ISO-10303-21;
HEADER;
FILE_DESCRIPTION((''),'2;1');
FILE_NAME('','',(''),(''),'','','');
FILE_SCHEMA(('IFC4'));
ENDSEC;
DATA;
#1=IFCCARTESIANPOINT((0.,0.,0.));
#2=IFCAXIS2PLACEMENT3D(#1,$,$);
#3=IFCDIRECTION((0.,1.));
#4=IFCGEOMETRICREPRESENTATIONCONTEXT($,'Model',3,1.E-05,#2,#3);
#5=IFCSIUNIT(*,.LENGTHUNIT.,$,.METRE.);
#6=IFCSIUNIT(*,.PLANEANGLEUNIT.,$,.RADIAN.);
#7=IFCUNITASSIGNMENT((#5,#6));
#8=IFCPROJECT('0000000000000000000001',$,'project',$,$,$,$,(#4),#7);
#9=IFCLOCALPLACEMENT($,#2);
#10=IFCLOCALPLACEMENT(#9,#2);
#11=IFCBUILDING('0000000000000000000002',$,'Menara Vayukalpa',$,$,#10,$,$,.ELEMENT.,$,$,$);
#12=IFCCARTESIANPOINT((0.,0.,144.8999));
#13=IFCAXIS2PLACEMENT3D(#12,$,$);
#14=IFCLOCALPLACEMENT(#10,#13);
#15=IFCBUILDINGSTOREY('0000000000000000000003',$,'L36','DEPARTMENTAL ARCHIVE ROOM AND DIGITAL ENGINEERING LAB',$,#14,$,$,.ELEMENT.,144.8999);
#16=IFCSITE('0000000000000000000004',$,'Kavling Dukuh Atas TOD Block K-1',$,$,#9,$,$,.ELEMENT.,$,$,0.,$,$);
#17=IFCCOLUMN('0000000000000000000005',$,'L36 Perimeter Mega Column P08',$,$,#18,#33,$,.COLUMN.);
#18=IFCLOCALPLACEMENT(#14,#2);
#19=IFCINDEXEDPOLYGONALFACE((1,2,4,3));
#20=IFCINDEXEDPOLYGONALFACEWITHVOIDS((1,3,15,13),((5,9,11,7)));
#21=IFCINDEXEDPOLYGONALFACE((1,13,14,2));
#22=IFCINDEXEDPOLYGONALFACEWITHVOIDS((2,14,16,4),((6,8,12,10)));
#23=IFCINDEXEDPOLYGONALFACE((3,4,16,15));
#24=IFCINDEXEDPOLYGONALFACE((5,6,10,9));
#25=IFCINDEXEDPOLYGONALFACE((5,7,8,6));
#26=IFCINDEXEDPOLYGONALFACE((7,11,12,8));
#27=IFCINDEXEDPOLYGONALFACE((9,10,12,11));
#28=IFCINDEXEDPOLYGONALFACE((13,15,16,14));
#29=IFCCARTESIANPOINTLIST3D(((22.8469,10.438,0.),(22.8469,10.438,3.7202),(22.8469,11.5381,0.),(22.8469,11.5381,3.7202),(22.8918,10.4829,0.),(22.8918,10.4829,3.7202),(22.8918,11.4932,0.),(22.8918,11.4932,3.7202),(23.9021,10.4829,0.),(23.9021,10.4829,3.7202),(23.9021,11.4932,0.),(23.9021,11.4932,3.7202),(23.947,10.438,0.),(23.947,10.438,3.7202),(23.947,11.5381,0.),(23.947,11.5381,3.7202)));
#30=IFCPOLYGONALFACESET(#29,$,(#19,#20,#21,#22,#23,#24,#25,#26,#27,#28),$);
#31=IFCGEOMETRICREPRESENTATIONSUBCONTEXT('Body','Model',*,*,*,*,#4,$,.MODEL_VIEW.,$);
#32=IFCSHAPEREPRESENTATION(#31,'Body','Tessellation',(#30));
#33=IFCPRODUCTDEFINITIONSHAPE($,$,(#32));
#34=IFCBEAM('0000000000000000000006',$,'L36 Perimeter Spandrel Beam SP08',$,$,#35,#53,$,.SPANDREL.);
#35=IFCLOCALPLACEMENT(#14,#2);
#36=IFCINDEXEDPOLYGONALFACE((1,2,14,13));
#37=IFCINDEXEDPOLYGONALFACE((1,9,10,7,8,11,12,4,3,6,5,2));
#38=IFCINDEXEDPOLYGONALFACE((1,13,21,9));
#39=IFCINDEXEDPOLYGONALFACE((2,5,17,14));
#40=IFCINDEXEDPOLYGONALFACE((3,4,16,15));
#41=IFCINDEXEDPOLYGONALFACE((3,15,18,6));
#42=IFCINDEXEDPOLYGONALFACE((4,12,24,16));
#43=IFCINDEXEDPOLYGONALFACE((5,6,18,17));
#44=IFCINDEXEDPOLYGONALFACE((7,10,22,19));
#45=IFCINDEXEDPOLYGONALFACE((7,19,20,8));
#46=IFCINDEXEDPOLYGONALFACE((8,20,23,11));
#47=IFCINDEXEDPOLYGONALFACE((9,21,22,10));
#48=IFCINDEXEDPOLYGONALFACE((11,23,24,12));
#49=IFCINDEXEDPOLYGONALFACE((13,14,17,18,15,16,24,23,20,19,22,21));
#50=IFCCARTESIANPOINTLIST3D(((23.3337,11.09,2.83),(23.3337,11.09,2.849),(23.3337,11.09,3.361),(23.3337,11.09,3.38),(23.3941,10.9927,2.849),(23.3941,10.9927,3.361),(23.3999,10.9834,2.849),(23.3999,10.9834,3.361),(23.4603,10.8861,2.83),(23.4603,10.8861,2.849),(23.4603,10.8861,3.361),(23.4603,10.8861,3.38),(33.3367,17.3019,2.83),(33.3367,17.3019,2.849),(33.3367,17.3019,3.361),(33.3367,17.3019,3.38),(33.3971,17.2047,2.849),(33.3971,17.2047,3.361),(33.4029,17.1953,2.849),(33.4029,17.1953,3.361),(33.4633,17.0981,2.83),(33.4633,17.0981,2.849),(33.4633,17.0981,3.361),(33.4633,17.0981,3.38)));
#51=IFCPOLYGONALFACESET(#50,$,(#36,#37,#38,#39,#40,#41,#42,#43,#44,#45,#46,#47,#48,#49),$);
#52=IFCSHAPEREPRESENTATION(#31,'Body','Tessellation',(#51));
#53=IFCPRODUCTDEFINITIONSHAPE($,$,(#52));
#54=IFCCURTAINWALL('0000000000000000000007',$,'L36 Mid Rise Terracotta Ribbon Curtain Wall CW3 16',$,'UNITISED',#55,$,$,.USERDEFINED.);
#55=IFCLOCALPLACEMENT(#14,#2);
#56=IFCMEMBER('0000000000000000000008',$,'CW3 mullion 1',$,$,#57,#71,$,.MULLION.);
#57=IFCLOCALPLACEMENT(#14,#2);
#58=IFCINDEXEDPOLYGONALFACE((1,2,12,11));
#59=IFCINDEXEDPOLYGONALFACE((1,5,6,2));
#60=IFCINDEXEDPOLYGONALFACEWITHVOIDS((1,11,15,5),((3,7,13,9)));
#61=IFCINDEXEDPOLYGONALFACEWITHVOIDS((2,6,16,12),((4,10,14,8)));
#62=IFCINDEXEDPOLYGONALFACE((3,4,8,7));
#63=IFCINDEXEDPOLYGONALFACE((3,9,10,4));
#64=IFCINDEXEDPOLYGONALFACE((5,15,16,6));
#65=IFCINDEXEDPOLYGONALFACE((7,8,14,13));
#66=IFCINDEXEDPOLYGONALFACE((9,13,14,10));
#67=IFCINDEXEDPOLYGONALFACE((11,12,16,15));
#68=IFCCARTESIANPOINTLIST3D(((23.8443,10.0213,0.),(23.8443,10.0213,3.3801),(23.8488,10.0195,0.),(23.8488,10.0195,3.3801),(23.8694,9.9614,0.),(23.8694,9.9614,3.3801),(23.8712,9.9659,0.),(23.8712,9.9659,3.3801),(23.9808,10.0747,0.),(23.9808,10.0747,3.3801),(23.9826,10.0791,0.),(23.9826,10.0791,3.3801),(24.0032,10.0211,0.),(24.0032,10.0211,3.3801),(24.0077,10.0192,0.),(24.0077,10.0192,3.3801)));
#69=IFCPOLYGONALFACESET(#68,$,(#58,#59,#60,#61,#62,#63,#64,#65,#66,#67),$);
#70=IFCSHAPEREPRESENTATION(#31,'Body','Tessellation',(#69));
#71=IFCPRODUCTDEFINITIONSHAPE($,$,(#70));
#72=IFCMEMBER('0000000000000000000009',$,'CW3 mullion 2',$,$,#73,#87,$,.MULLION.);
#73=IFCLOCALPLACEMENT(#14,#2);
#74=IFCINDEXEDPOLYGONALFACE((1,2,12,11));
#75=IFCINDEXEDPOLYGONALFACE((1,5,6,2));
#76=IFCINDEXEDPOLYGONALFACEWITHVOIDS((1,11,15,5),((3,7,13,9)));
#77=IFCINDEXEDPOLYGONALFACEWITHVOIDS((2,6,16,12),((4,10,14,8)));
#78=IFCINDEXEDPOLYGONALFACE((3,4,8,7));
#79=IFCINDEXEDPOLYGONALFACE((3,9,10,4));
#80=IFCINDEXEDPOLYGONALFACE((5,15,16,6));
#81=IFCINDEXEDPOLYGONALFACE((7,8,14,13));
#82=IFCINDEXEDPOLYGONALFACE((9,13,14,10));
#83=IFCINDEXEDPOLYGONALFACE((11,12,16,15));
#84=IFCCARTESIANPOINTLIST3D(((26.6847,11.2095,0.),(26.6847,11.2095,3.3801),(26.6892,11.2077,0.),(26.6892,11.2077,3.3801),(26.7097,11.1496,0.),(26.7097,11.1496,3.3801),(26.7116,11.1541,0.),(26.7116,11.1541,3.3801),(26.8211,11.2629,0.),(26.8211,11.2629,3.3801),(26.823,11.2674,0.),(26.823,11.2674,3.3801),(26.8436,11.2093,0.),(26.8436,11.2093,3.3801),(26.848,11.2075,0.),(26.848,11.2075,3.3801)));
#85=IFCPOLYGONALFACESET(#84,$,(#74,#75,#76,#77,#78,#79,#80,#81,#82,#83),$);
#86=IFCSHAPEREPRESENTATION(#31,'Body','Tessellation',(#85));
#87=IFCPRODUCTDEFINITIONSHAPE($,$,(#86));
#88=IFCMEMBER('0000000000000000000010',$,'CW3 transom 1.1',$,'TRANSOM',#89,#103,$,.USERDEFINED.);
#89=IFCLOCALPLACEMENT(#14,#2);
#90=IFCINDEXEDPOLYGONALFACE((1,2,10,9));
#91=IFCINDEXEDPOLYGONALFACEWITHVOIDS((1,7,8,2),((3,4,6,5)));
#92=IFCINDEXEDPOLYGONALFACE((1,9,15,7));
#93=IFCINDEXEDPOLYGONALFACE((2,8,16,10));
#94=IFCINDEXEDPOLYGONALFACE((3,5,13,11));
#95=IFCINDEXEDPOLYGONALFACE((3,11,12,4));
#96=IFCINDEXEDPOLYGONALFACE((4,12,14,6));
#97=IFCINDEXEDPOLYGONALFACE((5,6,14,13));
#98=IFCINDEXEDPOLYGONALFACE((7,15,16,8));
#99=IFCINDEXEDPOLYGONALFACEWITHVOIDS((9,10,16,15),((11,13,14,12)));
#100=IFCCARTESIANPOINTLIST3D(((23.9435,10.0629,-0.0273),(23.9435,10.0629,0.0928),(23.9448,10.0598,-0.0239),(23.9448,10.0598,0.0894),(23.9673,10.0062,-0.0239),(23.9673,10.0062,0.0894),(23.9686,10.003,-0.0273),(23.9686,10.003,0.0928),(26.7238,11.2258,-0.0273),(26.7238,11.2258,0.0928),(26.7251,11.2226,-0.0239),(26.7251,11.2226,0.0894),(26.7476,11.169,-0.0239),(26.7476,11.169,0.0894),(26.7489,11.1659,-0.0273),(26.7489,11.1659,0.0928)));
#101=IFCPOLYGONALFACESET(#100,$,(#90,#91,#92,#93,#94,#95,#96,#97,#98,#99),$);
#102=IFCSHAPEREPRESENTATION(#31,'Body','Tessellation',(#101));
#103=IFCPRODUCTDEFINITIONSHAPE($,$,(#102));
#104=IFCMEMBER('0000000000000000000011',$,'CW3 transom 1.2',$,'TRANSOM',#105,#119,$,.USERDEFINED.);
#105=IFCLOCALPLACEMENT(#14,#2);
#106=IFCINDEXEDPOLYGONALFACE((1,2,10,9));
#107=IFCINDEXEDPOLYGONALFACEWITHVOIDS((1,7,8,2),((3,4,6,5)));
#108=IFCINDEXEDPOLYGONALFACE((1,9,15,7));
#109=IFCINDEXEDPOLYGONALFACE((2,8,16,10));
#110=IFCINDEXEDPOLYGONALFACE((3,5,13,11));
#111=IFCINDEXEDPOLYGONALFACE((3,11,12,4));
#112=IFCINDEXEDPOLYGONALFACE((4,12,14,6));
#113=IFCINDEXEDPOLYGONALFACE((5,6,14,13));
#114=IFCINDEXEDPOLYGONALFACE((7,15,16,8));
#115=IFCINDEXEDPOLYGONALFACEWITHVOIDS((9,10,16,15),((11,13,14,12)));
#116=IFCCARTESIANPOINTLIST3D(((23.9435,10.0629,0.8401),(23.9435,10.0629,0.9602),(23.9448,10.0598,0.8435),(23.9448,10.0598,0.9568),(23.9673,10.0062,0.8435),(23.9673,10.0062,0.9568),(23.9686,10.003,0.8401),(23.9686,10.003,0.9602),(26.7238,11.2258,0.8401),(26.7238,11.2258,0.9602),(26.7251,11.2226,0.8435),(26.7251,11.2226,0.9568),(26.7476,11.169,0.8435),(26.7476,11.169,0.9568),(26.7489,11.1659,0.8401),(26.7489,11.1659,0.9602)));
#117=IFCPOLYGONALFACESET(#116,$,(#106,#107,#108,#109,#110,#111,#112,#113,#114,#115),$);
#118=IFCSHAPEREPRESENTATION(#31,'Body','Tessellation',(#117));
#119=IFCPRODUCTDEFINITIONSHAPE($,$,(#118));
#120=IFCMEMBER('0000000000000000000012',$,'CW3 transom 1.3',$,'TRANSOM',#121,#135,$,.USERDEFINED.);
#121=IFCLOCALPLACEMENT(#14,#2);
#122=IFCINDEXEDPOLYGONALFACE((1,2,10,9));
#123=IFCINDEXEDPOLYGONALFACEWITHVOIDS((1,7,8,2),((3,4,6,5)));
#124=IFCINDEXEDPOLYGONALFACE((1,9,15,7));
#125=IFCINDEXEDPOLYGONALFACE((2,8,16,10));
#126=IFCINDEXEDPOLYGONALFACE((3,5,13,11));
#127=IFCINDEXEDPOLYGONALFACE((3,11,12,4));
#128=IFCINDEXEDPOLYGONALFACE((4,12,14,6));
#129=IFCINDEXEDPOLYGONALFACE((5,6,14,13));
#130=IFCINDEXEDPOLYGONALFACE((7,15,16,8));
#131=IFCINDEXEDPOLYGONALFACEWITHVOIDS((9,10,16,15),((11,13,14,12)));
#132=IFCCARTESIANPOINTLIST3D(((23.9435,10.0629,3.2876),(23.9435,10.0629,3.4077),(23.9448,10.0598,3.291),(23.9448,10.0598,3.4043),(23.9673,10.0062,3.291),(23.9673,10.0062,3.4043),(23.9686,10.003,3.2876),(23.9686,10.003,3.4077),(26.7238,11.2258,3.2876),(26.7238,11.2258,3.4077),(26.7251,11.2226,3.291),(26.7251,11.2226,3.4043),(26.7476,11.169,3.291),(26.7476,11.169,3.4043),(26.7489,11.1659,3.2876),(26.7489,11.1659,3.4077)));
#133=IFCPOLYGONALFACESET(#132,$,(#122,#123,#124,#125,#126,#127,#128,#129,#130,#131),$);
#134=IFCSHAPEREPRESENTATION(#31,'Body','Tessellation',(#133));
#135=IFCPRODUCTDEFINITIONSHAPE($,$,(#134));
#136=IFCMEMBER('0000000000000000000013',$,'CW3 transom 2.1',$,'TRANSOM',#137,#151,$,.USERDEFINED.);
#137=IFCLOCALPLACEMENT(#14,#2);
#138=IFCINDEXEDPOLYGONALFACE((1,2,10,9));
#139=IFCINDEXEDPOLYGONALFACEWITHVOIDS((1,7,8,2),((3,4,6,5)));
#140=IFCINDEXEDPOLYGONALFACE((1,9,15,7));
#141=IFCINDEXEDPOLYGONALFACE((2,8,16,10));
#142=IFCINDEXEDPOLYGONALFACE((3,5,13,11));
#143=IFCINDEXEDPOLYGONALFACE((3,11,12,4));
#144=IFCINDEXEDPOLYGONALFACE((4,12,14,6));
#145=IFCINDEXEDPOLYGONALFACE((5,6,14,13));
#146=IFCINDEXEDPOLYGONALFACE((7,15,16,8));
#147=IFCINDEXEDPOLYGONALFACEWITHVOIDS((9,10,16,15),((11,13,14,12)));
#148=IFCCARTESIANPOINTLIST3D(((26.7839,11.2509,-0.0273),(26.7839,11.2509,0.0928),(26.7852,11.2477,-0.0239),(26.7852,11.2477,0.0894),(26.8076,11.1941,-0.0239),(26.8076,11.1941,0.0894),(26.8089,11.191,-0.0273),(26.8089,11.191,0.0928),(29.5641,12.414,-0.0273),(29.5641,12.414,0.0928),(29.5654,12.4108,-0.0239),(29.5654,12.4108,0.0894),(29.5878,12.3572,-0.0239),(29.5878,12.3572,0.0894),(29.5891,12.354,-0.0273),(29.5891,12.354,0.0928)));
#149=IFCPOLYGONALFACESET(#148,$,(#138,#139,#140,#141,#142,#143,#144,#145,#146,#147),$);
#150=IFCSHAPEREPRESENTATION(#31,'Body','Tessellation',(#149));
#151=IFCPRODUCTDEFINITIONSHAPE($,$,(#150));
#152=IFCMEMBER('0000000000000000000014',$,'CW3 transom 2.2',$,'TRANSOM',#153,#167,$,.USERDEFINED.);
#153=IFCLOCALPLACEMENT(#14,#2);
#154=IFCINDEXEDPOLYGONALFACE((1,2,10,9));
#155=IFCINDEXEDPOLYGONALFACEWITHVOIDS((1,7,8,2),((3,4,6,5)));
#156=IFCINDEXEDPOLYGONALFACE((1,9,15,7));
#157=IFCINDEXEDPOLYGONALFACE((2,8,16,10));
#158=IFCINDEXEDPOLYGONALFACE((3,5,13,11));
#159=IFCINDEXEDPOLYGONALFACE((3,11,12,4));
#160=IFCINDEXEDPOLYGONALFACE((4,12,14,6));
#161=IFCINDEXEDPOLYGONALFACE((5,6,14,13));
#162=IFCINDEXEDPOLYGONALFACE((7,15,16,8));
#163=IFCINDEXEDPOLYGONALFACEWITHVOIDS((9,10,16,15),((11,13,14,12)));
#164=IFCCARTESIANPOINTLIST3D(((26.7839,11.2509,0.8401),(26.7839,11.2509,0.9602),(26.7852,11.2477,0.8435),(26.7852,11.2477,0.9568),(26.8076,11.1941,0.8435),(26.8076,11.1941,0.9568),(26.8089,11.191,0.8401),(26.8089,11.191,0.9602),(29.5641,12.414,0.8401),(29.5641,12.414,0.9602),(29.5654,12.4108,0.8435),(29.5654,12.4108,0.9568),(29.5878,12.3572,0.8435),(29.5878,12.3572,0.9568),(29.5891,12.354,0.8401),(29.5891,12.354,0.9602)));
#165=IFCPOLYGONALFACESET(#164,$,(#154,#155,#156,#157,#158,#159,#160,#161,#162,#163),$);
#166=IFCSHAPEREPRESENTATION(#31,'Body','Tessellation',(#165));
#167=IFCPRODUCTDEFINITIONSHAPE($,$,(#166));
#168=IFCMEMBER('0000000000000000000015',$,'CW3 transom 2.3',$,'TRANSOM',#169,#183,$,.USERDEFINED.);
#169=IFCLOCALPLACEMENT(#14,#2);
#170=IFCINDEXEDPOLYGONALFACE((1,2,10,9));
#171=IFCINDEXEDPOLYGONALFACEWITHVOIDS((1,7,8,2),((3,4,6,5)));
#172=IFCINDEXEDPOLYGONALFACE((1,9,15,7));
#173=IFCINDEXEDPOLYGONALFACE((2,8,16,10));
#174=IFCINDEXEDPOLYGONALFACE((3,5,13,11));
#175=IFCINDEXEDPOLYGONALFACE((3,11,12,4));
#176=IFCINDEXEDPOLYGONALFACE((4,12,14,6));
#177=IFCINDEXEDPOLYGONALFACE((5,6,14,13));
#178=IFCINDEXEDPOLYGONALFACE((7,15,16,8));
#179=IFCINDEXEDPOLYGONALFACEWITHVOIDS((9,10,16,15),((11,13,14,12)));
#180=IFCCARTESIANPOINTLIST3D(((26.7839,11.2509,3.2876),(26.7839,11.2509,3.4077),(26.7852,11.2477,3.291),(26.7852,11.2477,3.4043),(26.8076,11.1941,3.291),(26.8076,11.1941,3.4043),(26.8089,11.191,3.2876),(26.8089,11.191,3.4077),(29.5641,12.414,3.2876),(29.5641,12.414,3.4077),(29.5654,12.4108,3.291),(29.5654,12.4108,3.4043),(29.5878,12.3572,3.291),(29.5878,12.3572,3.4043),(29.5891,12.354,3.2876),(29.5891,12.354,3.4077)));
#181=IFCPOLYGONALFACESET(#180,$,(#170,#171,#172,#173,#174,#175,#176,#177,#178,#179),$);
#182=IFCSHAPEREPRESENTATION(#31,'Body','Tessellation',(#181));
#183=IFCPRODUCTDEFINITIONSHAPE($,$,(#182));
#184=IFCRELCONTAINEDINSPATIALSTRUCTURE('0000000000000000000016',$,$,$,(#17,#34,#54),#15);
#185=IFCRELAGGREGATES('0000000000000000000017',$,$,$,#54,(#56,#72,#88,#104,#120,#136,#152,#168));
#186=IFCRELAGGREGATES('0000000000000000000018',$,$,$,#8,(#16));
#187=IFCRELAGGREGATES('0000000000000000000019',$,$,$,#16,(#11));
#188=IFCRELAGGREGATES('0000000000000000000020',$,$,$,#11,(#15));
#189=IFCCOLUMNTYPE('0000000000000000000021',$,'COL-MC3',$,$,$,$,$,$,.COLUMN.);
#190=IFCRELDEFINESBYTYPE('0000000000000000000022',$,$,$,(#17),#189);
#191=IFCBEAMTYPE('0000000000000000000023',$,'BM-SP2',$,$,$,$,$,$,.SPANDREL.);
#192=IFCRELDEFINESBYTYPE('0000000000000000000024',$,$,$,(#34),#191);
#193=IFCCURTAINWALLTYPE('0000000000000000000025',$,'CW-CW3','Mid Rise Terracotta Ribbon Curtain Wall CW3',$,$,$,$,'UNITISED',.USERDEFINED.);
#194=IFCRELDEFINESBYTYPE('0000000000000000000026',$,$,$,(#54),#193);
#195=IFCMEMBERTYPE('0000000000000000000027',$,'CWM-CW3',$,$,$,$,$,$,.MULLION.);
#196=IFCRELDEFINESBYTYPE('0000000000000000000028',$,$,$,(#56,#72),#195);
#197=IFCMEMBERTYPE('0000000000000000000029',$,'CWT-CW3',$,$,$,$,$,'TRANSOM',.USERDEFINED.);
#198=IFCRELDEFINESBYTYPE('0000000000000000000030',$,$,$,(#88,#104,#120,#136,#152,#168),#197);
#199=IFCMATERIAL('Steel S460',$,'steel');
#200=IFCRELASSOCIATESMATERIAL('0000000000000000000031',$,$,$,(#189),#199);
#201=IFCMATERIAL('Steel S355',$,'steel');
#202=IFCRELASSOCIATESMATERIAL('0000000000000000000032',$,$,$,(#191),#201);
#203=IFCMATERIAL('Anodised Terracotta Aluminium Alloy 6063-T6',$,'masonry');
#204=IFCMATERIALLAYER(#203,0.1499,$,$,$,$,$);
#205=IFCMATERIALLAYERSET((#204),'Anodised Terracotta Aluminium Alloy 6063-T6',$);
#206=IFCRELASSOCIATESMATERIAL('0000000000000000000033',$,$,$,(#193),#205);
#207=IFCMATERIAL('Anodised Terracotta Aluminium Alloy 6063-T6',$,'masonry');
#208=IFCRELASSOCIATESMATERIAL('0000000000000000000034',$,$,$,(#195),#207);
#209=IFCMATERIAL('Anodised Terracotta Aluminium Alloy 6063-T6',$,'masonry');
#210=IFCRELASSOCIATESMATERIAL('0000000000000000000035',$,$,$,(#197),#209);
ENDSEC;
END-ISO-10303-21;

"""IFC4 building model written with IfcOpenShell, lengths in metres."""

from ifc_helpers import new_model, si_unit, direction, frame, origin, origin_2d, place, context, subcontext, project, spatial, hollow_rectangle, i_section, extrude, material, layer, layer_set, material_profile, profile_set, type_object, element, aggregate, save


model = new_model("IFC4")

# Units and contexts
model_context = context("Model", 3, precision=1e-05, world=origin(), true_north=direction((0.0, 1.0)))
body_context = subcontext(model_context, "Body", "Model", "MODEL_VIEW")
ifc_project = project(units=[si_unit("LENGTHUNIT", "METRE"), si_unit("PLANEANGLEUNIT", "RADIAN")], contexts=[model_context])

# Site, building, storey
site_placement = place(None, origin())
site = spatial("IfcSite", under=ifc_project, at=site_placement, Name="Kavling Dukuh Atas TOD Block K-1", CompositionType="ELEMENT", RefElevation=0.0)
building_placement = place(site_placement, origin())
building = spatial("IfcBuilding", under=site, at=building_placement, Name="Menara Vayukalpa", CompositionType="ELEMENT")
storey_placement = place(building_placement, frame((0.0, 0.0, 144.8999)))
storey = spatial("IfcBuildingStorey", under=building, at=storey_placement, Name="L36", Description="DEPARTMENTAL ARCHIVE ROOM AND DIGITAL ENGINEERING LAB", CompositionType="ELEMENT", Elevation=144.8999)

# Column
ifc_material_1 = material(Name="Steel S460", Category="steel")
ifc_material_profile_1 = material_profile(ifc_material_1, hollow_rectangle(XDim=1.1001, YDim=1.1001, WallThickness=0.0449, at=origin_2d()), Name="BOX 1100x1100x45")
ifc_profile_set_1 = profile_set([ifc_material_profile_1], Name="Steel S460")
column_type = type_object("IfcColumnType", Name="COL-MC3", PredefinedType="COLUMN", material=ifc_profile_set_1)
column_placement = place(storey_placement, frame((23.397, 10.988, 0.0), z_axis=(0.0, 0.0, 1.0), x_axis=(1.0, 0.0, 0.0)))
element("IfcColumn", 1, at=column_placement, inside=storey, type_object=column_type, Name="L36 Perimeter Mega Column P08", PredefinedType="COLUMN", context=body_context, shape_type="SweptSolid", body=[
    extrude(hollow_rectangle(XDim=1.1001, YDim=1.1001, WallThickness=0.0449, at=origin_2d()), origin(), (0.0, 0.0, 1.0), 3.7202),
])

# Beam
ifc_material_2 = material(Name="Steel S355", Category="steel")
ifc_material_profile_2 = material_profile(ifc_material_2, i_section(OverallWidth=0.24, OverallDepth=0.55, WebThickness=0.011, FlangeThickness=0.019, at=origin_2d()), Name="WF 550x240x11x19")
ifc_profile_set_2 = profile_set([ifc_material_profile_2], Name="Steel S355")
beam_type = type_object("IfcBeamType", Name="BM-SP2", PredefinedType="SPANDREL", material=ifc_profile_set_2)
beam_placement = place(storey_placement, frame((23.397, 10.988, 3.105), z_axis=(0.849518, 0.527559, 0.0), x_axis=(-0.527559, 0.849518, 0.0)))
element("IfcBeam", 2, at=beam_placement, inside=storey, type_object=beam_type, Name="L36 Perimeter Spandrel Beam SP08", PredefinedType="SPANDREL", context=body_context, shape_type="SweptSolid", body=[
    extrude(i_section(OverallWidth=0.24, OverallDepth=0.55, WebThickness=0.011, FlangeThickness=0.019, at=origin_2d()), origin(), (0.0, 0.0, 1.0), 11.7749),
])

# Curtain wall, members
ifc_material_3 = material(Name="Anodised Terracotta Aluminium Alloy 6063-T6", Category="masonry")
ifc_layer_1 = layer(ifc_material_3, 0.1499)
ifc_layer_set_1 = layer_set([ifc_layer_1], Name="Anodised Terracotta Aluminium Alloy 6063-T6")
curtain_wall_type = type_object("IfcCurtainWallType", Name="CW-CW3", Description="Mid Rise Terracotta Ribbon Curtain Wall CW3", ElementType="UNITISED", PredefinedType="USERDEFINED", material=ifc_layer_set_1)
curtain_wall_placement = place(storey_placement, origin())
curtain_wall = element("IfcCurtainWall", 3, at=curtain_wall_placement, inside=storey, type_object=curtain_wall_type, Name="L36 Mid Rise Terracotta Ribbon Curtain Wall CW3 16", ObjectType="UNITISED", PredefinedType="USERDEFINED")
ifc_material_4 = material(Name="Anodised Terracotta Aluminium Alloy 6063-T6", Category="masonry")
ifc_material_profile_3 = material_profile(ifc_material_4, hollow_rectangle(XDim=0.0649, YDim=0.1499, WallThickness=0.0034, at=origin_2d()), Name="ALU 65x150x3.5")
ifc_profile_set_3 = profile_set([ifc_material_profile_3], Name="Anodised Terracotta Aluminium Alloy 6063-T6")
member_type_1 = type_object("IfcMemberType", Name="CWM-CW3", PredefinedType="MULLION", material=ifc_profile_set_3)
member_1_placement = place(storey_placement, frame((23.926, 10.0203, 0.0), z_axis=(0.0, 0.0, 1.0), x_axis=(-0.385886, 0.922546, 0.0)))
member_1 = element("IfcMember", 4, at=member_1_placement, type_object=member_type_1, Name="CW3 mullion 1", PredefinedType="MULLION", context=body_context, shape_type="SweptSolid", body=[
    extrude(hollow_rectangle(XDim=0.0649, YDim=0.1499, WallThickness=0.0034, at=origin_2d()), origin(), (0.0, 0.0, 1.0), 3.3801),
])
member_2_placement = place(storey_placement, frame((26.7664, 11.2085, 0.0), z_axis=(0.0, 0.0, 1.0), x_axis=(-0.385886, 0.922546, 0.0)))
member_2 = element("IfcMember", 5, at=member_2_placement, type_object=member_type_1, Name="CW3 mullion 2", PredefinedType="MULLION", context=body_context, shape_type="SweptSolid", body=[
    extrude(hollow_rectangle(XDim=0.0649, YDim=0.1499, WallThickness=0.0034, at=origin_2d()), origin(), (0.0, 0.0, 1.0), 3.3801),
])
ifc_material_5 = material(Name="Anodised Terracotta Aluminium Alloy 6063-T6", Category="masonry")
ifc_material_profile_4 = material_profile(ifc_material_5, hollow_rectangle(XDim=0.0649, YDim=0.1201, WallThickness=0.0034, at=origin_2d()), Name="ALU 65x120x3.5")
ifc_profile_set_4 = profile_set([ifc_material_profile_4], Name="Anodised Terracotta Aluminium Alloy 6063-T6")
member_type_2 = type_object("IfcMemberType", Name="CWT-CW3", ElementType="TRANSOM", PredefinedType="USERDEFINED", material=ifc_profile_set_4)
member_3_placement = place(storey_placement, frame((23.9561, 10.033, 0.0327), z_axis=(0.922558, 0.385858, 0.0), x_axis=(-0.385858, 0.922558, 0.0)))
member_3 = element("IfcMember", 6, at=member_3_placement, type_object=member_type_2, Name="CW3 transom 1.1", ObjectType="TRANSOM", PredefinedType="USERDEFINED", context=body_context, shape_type="SweptSolid", body=[
    extrude(hollow_rectangle(XDim=0.0649, YDim=0.1201, WallThickness=0.0034, at=origin_2d()), origin(), (0.0, 0.0, 1.0), 3.0137),
])
member_4_placement = place(storey_placement, frame((23.9561, 10.033, 0.9001), z_axis=(0.922558, 0.385858, 0.0), x_axis=(-0.385858, 0.922558, 0.0)))
member_4 = element("IfcMember", 7, at=member_4_placement, type_object=member_type_2, Name="CW3 transom 1.2", ObjectType="TRANSOM", PredefinedType="USERDEFINED", context=body_context, shape_type="SweptSolid", body=[
    extrude(hollow_rectangle(XDim=0.0649, YDim=0.1201, WallThickness=0.0034, at=origin_2d()), origin(), (0.0, 0.0, 1.0), 3.0137),
])
member_5_placement = place(storey_placement, frame((23.9561, 10.033, 3.3477), z_axis=(0.922558, 0.385858, 0.0), x_axis=(-0.385858, 0.922558, 0.0)))
member_5 = element("IfcMember", 8, at=member_5_placement, type_object=member_type_2, Name="CW3 transom 1.3", ObjectType="TRANSOM", PredefinedType="USERDEFINED", context=body_context, shape_type="SweptSolid", body=[
    extrude(hollow_rectangle(XDim=0.0649, YDim=0.1201, WallThickness=0.0034, at=origin_2d()), origin(), (0.0, 0.0, 1.0), 3.0137),
])
member_6_placement = place(storey_placement, frame((26.7964, 11.2209, 0.0327), z_axis=(0.92253, 0.385926, 0.0), x_axis=(-0.385926, 0.92253, 0.0)))
member_6 = element("IfcMember", 9, at=member_6_placement, type_object=member_type_2, Name="CW3 transom 2.1", ObjectType="TRANSOM", PredefinedType="USERDEFINED", context=body_context, shape_type="SweptSolid", body=[
    extrude(hollow_rectangle(XDim=0.0649, YDim=0.1201, WallThickness=0.0034, at=origin_2d()), origin(), (0.0, 0.0, 1.0), 3.0137),
])
member_7_placement = place(storey_placement, frame((26.7964, 11.2209, 0.9001), z_axis=(0.92253, 0.385926, 0.0), x_axis=(-0.385926, 0.92253, 0.0)))
member_7 = element("IfcMember", 10, at=member_7_placement, type_object=member_type_2, Name="CW3 transom 2.2", ObjectType="TRANSOM", PredefinedType="USERDEFINED", context=body_context, shape_type="SweptSolid", body=[
    extrude(hollow_rectangle(XDim=0.0649, YDim=0.1201, WallThickness=0.0034, at=origin_2d()), origin(), (0.0, 0.0, 1.0), 3.0137),
])
member_8_placement = place(storey_placement, frame((26.7964, 11.2209, 3.3477), z_axis=(0.92253, 0.385926, 0.0), x_axis=(-0.385926, 0.92253, 0.0)))
member_8 = element("IfcMember", 11, at=member_8_placement, type_object=member_type_2, Name="CW3 transom 2.3", ObjectType="TRANSOM", PredefinedType="USERDEFINED", context=body_context, shape_type="SweptSolid", body=[
    extrude(hollow_rectangle(XDim=0.0649, YDim=0.1201, WallThickness=0.0034, at=origin_2d()), origin(), (0.0, 0.0, 1.0), 3.0137),
])
aggregate(curtain_wall, [member_1, member_2, member_3, member_4, member_5, member_6, member_7, member_8])

save(model, "model.ifc")
